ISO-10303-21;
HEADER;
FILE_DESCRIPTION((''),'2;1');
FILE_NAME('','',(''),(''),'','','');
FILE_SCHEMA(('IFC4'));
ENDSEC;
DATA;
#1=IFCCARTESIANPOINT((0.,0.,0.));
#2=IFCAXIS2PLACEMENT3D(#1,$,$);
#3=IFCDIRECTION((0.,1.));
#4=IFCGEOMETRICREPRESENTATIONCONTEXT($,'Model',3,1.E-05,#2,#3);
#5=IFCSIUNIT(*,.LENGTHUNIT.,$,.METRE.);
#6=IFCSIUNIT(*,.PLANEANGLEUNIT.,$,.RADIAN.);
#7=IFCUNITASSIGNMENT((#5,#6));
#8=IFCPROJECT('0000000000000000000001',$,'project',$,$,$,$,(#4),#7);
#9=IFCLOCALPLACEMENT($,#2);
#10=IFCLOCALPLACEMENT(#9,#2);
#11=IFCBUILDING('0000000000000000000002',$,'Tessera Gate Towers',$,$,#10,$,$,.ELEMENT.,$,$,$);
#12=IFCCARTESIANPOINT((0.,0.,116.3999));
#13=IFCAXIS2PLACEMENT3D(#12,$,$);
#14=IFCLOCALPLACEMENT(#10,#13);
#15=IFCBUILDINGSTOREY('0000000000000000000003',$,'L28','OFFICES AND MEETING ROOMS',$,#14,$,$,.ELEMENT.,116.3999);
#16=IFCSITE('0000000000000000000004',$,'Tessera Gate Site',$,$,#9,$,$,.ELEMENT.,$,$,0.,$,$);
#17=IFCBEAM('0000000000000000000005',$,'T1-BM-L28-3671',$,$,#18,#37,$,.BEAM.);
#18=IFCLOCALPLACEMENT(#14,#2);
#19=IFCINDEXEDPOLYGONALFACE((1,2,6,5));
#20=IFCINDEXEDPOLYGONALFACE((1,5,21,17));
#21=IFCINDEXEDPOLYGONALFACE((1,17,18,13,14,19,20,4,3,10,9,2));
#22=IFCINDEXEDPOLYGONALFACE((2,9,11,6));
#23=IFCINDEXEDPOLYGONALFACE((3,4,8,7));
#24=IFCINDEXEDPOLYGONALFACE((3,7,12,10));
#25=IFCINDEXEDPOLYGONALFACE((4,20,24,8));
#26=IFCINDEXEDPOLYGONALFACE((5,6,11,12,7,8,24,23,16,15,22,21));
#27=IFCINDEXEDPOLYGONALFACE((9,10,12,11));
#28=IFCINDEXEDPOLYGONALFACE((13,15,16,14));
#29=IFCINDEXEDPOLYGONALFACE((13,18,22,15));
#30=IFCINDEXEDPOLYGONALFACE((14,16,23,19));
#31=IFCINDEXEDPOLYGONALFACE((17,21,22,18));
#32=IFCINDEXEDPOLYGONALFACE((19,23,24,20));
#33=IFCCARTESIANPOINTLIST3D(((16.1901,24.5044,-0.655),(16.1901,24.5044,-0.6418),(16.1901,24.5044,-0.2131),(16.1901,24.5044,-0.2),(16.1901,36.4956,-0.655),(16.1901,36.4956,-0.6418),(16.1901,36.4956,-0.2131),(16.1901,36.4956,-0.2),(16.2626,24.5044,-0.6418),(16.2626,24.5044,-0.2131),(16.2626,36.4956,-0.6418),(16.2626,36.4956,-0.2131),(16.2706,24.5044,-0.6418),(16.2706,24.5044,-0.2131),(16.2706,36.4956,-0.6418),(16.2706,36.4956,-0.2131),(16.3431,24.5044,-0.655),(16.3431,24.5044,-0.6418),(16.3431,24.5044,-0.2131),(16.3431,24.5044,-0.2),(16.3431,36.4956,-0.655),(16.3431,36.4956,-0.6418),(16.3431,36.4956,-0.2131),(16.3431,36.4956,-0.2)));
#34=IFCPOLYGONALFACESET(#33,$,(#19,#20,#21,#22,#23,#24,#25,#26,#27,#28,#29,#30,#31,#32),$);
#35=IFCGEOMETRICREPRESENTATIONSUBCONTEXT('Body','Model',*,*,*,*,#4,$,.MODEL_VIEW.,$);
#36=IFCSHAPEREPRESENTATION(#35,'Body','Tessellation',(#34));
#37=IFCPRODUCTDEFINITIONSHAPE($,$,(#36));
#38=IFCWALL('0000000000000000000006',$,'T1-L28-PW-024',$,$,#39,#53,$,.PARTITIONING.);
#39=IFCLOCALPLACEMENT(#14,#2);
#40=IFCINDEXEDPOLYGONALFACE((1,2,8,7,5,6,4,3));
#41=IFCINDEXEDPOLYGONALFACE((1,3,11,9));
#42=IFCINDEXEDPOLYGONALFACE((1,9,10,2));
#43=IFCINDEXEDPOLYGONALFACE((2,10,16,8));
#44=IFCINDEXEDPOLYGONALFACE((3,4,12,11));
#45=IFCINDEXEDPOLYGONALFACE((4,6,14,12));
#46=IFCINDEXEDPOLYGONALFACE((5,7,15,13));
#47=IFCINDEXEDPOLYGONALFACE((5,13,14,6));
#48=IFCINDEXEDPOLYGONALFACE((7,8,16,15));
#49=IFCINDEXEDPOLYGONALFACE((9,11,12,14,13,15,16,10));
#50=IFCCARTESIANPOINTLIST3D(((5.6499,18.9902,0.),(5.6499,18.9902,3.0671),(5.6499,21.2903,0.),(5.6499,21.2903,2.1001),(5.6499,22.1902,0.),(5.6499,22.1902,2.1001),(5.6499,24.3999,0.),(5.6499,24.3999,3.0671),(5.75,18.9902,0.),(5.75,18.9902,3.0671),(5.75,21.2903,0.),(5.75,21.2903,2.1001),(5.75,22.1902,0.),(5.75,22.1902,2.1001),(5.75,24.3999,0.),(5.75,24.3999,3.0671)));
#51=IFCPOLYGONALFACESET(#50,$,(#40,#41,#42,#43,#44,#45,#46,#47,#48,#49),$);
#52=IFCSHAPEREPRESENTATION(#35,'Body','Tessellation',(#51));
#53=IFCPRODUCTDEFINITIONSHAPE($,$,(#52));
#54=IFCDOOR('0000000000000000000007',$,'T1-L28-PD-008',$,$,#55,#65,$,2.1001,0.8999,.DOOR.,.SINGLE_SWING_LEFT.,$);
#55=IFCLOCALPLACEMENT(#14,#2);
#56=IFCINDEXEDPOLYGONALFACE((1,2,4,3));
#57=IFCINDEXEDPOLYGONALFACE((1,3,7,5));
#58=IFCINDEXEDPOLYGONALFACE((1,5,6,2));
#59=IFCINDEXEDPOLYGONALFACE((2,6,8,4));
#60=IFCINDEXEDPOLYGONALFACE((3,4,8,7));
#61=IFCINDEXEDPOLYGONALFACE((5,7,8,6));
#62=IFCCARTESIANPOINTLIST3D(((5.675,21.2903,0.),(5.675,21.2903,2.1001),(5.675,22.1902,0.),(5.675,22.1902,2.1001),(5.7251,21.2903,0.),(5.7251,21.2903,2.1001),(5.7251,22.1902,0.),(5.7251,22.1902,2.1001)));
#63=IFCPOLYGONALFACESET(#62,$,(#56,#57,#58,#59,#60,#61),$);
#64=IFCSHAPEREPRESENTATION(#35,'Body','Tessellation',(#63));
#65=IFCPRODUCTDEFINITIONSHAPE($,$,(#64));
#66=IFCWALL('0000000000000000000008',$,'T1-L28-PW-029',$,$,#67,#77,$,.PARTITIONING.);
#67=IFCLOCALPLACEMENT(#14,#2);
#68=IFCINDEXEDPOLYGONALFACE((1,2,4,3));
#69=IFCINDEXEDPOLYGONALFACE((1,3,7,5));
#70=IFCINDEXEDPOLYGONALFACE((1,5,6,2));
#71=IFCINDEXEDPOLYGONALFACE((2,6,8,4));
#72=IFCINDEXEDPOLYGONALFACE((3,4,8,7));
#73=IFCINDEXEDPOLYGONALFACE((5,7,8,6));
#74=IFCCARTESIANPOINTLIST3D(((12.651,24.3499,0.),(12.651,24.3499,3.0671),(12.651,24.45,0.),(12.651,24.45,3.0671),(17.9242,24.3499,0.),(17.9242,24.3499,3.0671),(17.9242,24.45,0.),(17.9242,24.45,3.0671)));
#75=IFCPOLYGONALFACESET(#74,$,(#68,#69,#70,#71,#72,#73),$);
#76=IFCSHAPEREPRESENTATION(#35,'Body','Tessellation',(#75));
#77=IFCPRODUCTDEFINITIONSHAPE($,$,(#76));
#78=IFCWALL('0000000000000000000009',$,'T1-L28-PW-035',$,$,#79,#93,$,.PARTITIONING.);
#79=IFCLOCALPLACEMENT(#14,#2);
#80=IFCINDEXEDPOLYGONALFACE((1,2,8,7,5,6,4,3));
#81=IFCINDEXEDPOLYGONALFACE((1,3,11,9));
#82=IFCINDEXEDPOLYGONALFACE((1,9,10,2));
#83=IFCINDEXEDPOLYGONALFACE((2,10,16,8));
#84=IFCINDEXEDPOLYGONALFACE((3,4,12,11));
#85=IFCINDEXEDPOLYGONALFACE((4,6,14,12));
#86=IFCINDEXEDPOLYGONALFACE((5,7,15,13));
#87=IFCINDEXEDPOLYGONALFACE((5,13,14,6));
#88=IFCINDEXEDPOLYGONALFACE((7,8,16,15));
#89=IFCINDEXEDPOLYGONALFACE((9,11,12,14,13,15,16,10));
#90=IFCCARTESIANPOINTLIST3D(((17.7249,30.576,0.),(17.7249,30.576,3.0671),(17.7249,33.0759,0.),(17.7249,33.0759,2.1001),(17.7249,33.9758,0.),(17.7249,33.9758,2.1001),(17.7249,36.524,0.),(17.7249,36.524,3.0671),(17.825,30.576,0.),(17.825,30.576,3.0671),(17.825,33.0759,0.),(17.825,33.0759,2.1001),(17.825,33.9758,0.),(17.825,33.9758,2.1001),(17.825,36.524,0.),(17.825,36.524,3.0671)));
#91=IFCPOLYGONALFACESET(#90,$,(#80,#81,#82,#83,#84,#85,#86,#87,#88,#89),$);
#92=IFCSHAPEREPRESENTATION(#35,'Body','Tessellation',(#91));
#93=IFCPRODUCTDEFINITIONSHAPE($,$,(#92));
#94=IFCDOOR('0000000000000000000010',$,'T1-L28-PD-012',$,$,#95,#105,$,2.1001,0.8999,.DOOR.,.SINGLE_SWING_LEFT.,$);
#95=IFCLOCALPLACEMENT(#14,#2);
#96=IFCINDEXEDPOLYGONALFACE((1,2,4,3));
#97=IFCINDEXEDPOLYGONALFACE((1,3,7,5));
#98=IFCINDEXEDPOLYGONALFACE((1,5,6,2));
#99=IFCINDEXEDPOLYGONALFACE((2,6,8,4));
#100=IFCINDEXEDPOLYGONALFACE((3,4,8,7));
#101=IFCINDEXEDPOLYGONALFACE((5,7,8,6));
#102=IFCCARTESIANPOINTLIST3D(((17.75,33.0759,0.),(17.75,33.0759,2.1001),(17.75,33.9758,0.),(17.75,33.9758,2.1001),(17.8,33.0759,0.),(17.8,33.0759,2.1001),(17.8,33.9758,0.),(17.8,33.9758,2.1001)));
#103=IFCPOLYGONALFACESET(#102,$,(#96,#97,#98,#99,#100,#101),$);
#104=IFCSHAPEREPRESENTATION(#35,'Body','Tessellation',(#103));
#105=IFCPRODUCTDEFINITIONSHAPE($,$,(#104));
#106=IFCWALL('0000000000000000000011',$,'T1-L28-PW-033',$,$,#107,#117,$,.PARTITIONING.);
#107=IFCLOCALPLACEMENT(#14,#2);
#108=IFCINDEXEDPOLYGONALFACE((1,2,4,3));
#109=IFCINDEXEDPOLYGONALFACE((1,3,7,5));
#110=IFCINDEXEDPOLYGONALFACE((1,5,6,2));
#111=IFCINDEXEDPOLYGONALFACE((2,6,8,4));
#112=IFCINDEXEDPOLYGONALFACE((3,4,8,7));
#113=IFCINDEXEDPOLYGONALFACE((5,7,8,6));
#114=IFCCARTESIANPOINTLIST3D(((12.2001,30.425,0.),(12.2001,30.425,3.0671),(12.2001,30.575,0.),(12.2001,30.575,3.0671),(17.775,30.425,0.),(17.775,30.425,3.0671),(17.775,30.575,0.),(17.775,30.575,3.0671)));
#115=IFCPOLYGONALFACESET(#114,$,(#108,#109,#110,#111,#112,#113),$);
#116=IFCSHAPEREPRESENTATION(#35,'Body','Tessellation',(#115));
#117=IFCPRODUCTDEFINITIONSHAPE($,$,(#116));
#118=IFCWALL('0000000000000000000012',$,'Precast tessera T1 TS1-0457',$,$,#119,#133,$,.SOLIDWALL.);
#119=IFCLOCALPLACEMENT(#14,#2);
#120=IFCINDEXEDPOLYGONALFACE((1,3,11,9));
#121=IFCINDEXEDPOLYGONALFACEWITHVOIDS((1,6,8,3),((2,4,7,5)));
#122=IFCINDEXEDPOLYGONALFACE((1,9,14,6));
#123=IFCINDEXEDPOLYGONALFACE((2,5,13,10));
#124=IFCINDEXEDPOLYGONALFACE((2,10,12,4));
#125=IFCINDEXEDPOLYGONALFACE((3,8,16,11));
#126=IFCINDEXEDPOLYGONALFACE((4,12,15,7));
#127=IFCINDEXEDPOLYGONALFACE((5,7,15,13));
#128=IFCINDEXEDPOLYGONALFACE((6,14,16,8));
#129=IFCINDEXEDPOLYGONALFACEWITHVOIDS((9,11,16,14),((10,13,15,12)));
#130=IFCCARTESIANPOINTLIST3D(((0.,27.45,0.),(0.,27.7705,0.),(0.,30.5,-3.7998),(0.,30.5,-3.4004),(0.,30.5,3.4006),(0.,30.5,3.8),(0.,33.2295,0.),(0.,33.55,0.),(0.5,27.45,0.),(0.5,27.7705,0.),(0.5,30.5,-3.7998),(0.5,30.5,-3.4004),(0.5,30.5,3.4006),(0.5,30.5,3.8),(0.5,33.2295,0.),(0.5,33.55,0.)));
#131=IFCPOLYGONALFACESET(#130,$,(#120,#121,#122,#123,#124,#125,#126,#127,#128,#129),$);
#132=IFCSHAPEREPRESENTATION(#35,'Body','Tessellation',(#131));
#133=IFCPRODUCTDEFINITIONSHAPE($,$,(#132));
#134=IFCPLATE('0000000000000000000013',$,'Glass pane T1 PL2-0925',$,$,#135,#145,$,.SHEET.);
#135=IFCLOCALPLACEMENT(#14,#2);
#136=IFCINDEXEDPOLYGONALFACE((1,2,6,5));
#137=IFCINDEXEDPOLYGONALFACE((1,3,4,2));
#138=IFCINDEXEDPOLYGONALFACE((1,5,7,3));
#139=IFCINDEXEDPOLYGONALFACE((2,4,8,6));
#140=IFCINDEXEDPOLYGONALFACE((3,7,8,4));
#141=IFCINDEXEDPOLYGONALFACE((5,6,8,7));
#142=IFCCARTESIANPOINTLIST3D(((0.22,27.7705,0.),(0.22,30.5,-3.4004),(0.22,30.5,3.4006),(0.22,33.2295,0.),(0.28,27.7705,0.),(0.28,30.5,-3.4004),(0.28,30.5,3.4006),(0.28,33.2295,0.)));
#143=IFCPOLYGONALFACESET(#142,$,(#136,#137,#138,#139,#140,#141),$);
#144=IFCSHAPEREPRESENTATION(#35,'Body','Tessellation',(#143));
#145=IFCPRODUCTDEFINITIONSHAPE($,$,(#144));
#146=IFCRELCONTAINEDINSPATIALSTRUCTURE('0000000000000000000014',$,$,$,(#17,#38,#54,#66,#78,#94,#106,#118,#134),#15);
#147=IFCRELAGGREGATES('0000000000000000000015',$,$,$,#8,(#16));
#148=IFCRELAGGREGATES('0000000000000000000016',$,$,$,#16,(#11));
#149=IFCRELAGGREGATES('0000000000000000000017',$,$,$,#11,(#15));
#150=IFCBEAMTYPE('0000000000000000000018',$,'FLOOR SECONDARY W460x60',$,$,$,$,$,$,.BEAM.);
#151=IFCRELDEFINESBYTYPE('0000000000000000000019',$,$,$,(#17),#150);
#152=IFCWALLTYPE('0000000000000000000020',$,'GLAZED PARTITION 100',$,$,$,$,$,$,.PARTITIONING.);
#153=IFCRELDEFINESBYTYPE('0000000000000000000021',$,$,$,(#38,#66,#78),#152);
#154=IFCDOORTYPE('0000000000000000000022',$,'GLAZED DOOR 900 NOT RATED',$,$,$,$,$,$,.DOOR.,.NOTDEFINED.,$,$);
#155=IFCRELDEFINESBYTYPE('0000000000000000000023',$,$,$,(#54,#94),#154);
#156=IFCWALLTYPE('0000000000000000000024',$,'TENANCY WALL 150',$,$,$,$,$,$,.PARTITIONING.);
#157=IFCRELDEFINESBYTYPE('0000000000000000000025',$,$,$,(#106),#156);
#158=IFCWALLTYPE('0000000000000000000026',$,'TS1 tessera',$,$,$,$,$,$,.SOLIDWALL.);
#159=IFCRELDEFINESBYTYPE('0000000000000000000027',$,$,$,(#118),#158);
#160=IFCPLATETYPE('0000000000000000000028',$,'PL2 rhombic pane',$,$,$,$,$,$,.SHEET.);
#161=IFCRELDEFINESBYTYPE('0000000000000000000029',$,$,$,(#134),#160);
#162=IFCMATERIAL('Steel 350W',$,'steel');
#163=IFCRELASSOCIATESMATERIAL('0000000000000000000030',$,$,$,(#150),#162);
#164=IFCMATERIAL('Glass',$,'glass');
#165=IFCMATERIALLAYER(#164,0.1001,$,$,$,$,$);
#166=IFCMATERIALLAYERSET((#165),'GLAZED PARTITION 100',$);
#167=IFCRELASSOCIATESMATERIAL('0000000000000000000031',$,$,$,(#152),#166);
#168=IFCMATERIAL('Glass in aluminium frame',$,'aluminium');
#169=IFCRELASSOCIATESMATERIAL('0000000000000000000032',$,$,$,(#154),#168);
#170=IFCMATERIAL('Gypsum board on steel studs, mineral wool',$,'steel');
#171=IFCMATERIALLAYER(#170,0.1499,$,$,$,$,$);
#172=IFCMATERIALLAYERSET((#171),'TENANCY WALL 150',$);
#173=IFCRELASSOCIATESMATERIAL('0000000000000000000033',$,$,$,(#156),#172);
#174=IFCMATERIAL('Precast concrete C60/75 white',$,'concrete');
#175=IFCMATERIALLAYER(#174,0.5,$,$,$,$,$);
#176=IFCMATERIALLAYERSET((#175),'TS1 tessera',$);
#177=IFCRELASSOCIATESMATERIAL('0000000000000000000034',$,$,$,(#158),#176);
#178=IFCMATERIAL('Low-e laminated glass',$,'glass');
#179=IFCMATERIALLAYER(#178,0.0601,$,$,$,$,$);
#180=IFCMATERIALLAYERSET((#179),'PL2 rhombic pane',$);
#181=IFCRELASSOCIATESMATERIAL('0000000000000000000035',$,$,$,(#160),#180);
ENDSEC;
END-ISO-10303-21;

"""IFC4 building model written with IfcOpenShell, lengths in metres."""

from ifc_helpers import new_model, si_unit, direction, frame, frame_2d, origin, origin_2d, place, context, subcontext, project, spatial, polyline, rectangle, i_section, outline, extrude, source, transform, mapped, material, layer, layer_set, material_profile, profile_set, type_object, element, fill, save


model = new_model("IFC4")

# Units and contexts
model_context = context("Model", 3, precision=1e-05, world=origin(), true_north=direction((0.0, 1.0)))
body_context = subcontext(model_context, "Body", "Model", "MODEL_VIEW")
ifc_project = project(units=[si_unit("LENGTHUNIT", "METRE"), si_unit("PLANEANGLEUNIT", "RADIAN")], contexts=[model_context])

# Site, building, storey
site_placement = place(None, origin())
site = spatial("IfcSite", under=ifc_project, at=site_placement, Name="Tessera Gate Site", CompositionType="ELEMENT", RefElevation=0.0)
building_placement = place(site_placement, origin())
building = spatial("IfcBuilding", under=site, at=building_placement, Name="Tessera Gate Towers", CompositionType="ELEMENT")
storey_placement = place(building_placement, frame((0.0, 0.0, 116.3999)))
storey = spatial("IfcBuildingStorey", under=building, at=storey_placement, Name="L28", Description="OFFICES AND MEETING ROOMS", CompositionType="ELEMENT", Elevation=116.3999)

# Beam
ifc_material_1 = material(Name="Steel 350W", Category="steel")
ifc_material_profile_1 = material_profile(ifc_material_1, i_section(OverallWidth=0.1531, OverallDepth=0.4551, WebThickness=0.0081, FlangeThickness=0.0132, at=origin_2d()), Name="W460x60")
ifc_profile_set_1 = profile_set([ifc_material_profile_1], Name="Steel 350W")
beam_type_1 = type_object("IfcBeamType", Name="FLOOR SECONDARY W460x60", PredefinedType="BEAM", material=ifc_profile_set_1)
beam_1_placement = place(storey_placement, frame((16.2666, 24.5044, -0.4275), z_axis=(0.0, 1.0, 0.0), x_axis=(-1.0, 0.0, 0.0)))
element("IfcBeam", 1, at=beam_1_placement, inside=storey, type_object=beam_type_1, Name="T1-BM-L28-3671", PredefinedType="BEAM", context=body_context, shape_type="SweptSolid", body=[
    extrude(i_section(OverallWidth=0.1531, OverallDepth=0.4551, WebThickness=0.0081, FlangeThickness=0.0132, at=origin_2d()), origin(), (0.0, 0.0, 1.0), 11.9912),
])

# Wall, opening, door
ifc_material_2 = material(Name="Glass", Category="glass")
ifc_layer_1 = layer(ifc_material_2, 0.1001)
ifc_layer_set_1 = layer_set([ifc_layer_1], Name="GLAZED PARTITION 100")
wall_type_1 = type_object("IfcWallType", Name="GLAZED PARTITION 100", PredefinedType="PARTITIONING", material=ifc_layer_set_1)
wall_1_placement = place(storey_placement, frame((5.7, 18.9902, 0.0), z_axis=(0.0, 0.0, 1.0), x_axis=(0.0, 1.0, 0.0)))
wall_1 = element("IfcWall", 2, at=wall_1_placement, inside=storey, type_object=wall_type_1, Name="T1-L28-PW-024", PredefinedType="PARTITIONING", context=body_context, shape_type="SweptSolid", body=[
    extrude(rectangle(XDim=5.4097, YDim=0.1001, at=frame_2d((2.7048, 0.0))), origin(), (0.0, 0.0, 1.0), 3.0671),
])
shared_shape_1 = source(origin(), body_context, "Body", "SweptSolid", [
    extrude(rectangle(XDim=0.8999, YDim=2.1001, at=frame_2d((0.45, 1.05))), frame((0.0, 0.0601, 0.0), z_axis=(0.0, -1.0, 0.0), x_axis=(1.0, 0.0, 0.0)), (0.0, 0.0, 1.0), 0.1201),
])
opening_1_placement = place(wall_1_placement, frame((2.3, 0.0, 0.0)))
opening_1 = element("IfcOpeningElement", 3, at=opening_1_placement, cuts=wall_1, PredefinedType="OPENING", context=body_context, shape_type="MappedRepresentation", body=[
    mapped(shared_shape_1, transform((0.0, 0.0, 0.0), scale=1.0)),
])
ifc_material_3 = material(Name="Glass in aluminium frame", Category="aluminium")
door_type = type_object("IfcDoorType", Name="GLAZED DOOR 900 NOT RATED", OperationType="NOTDEFINED", PredefinedType="DOOR", material=ifc_material_3)
shared_shape_2 = source(origin(), body_context, "Body", "SweptSolid", [
    extrude(rectangle(XDim=0.8999, YDim=2.1001, at=frame_2d((0.45, 1.05))), frame((0.0, 0.0249, 0.0), z_axis=(0.0, -1.0, 0.0), x_axis=(1.0, 0.0, 0.0)), (0.0, 0.0, 1.0), 0.05),
])
door_1_placement = place(opening_1_placement, origin())
door_1 = element("IfcDoor", 4, at=door_1_placement, inside=storey, type_object=door_type, Name="T1-L28-PD-008", OperationType="SINGLE_SWING_LEFT", OverallHeight=2.1001, OverallWidth=0.8999, PredefinedType="DOOR", context=body_context, shape_type="MappedRepresentation", body=[
    mapped(shared_shape_2, transform((0.0, 0.0, 0.0), scale=1.0)),
])
fill(opening_1, door_1)

# Wall
wall_2_placement = place(storey_placement, frame((12.6509, 24.3999, 0.0), z_axis=(0.0, 0.0, 1.0), x_axis=(1.0, 0.0, 0.0)))
element("IfcWall", 5, at=wall_2_placement, inside=storey, type_object=wall_type_1, Name="T1-L28-PW-029", PredefinedType="PARTITIONING", context=body_context, shape_type="SweptSolid", body=[
    extrude(rectangle(XDim=5.2732, YDim=0.1001, at=frame_2d((2.6367, 0.0))), origin(), (0.0, 0.0, 1.0), 3.0671),
])

# Wall, opening, door
wall_3_placement = place(storey_placement, frame((17.7749, 30.5759, 0.0), z_axis=(0.0, 0.0, 1.0), x_axis=(0.0, 1.0, 0.0)))
wall_3 = element("IfcWall", 6, at=wall_3_placement, inside=storey, type_object=wall_type_1, Name="T1-L28-PW-035", PredefinedType="PARTITIONING", context=body_context, shape_type="SweptSolid", body=[
    extrude(rectangle(XDim=5.948, YDim=0.1001, at=frame_2d((2.9741, 0.0))), origin(), (0.0, 0.0, 1.0), 3.0671),
])
opening_2_placement = place(wall_3_placement, frame((2.5, 0.0, 0.0)))
opening_2 = element("IfcOpeningElement", 7, at=opening_2_placement, cuts=wall_3, PredefinedType="OPENING", context=body_context, shape_type="MappedRepresentation", body=[
    mapped(shared_shape_1, transform((0.0, 0.0, 0.0), scale=1.0)),
])
door_2_placement = place(opening_2_placement, origin())
door_2 = element("IfcDoor", 8, at=door_2_placement, inside=storey, type_object=door_type, Name="T1-L28-PD-012", OperationType="SINGLE_SWING_LEFT", OverallHeight=2.1001, OverallWidth=0.8999, PredefinedType="DOOR", context=body_context, shape_type="MappedRepresentation", body=[
    mapped(shared_shape_2, transform((0.0, 0.0, 0.0), scale=1.0)),
])
fill(opening_2, door_2)

# Wall
ifc_material_4 = material(Name="Gypsum board on steel studs, mineral wool", Category="steel")
ifc_layer_2 = layer(ifc_material_4, 0.1499)
ifc_layer_set_2 = layer_set([ifc_layer_2], Name="TENANCY WALL 150")
wall_type_2 = type_object("IfcWallType", Name="TENANCY WALL 150", PredefinedType="PARTITIONING", material=ifc_layer_set_2)
wall_4_placement = place(storey_placement, frame((12.2, 30.5, 0.0), z_axis=(0.0, 0.0, 1.0), x_axis=(1.0, 0.0, 0.0)))
element("IfcWall", 9, at=wall_4_placement, inside=storey, type_object=wall_type_2, Name="T1-L28-PW-033", PredefinedType="PARTITIONING", context=body_context, shape_type="SweptSolid", body=[
    extrude(rectangle(XDim=5.575, YDim=0.1499, at=frame_2d((2.7876, 0.0))), origin(), (0.0, 0.0, 1.0), 3.0671),
])

# Wall, opening, plate
ifc_material_5 = material(Name="Precast concrete C60/75 white", Category="concrete")
ifc_layer_3 = layer(ifc_material_5, 0.5)
ifc_layer_set_3 = layer_set([ifc_layer_3], Name="TS1 tessera")
wall_type_3 = type_object("IfcWallType", Name="TS1 tessera", PredefinedType="SOLIDWALL", material=ifc_layer_set_3)
shared_shape_3 = source(origin(), body_context, "Body", "SweptSolid", [
    extrude(outline(polyline([(3.05, 0.0), (6.1001, 3.7998), (3.05, 7.5999), (0.0, 3.7998), (3.05, 0.0)])), frame((0.0, 0.25, 0.0), z_axis=(0.0, -1.0, 0.0), x_axis=(1.0, 0.0, 0.0)), (0.0, 0.0, 1.0), 0.5),
])
wall_5_placement = place(storey_placement, frame((0.25, 33.55, -3.7998), z_axis=(0.0, 0.0, 1.0), x_axis=(0.0, -1.0, 0.0)))
wall_5 = element("IfcWall", 10, at=wall_5_placement, inside=storey, type_object=wall_type_3, Name="Precast tessera T1 TS1-0457", PredefinedType="SOLIDWALL", context=body_context, shape_type="MappedRepresentation", body=[
    mapped(shared_shape_3, transform((0.0, 0.0, 0.0), scale=1.0)),
])
shared_shape_4 = source(origin(), body_context, "Body", "SweptSolid", [
    extrude(outline(polyline([(3.05, 0.3994), (5.7795, 3.7998), (3.05, 7.2004), (0.3206, 3.7998), (3.05, 0.3994)])), frame((0.0, 0.26, 0.0), z_axis=(0.0, -1.0, 0.0), x_axis=(1.0, 0.0, 0.0)), (0.0, 0.0, 1.0), 0.52),
])
opening_3_placement = place(wall_5_placement, origin())
opening_3 = element("IfcOpeningElement", 11, at=opening_3_placement, cuts=wall_5, PredefinedType="OPENING", context=body_context, shape_type="MappedRepresentation", body=[
    mapped(shared_shape_4, transform((0.0, 0.0, 0.0), scale=1.0)),
])
ifc_material_6 = material(Name="Low-e laminated glass", Category="glass")
ifc_layer_4 = layer(ifc_material_6, 0.0601)
ifc_layer_set_4 = layer_set([ifc_layer_4], Name="PL2 rhombic pane")
plate_type = type_object("IfcPlateType", Name="PL2 rhombic pane", PredefinedType="SHEET", material=ifc_layer_set_4)
shared_shape_5 = source(origin(), body_context, "Body", "SweptSolid", [
    extrude(outline(polyline([(3.05, 0.3994), (5.7795, 3.7998), (3.05, 7.2004), (0.3206, 3.7998), (3.05, 0.3994)])), frame((0.0, 0.03, 0.0), z_axis=(0.0, -1.0, 0.0), x_axis=(1.0, 0.0, 0.0)), (0.0, 0.0, 1.0), 0.0601),
])
plate_placement = place(opening_3_placement, origin())
plate = element("IfcPlate", 12, at=plate_placement, inside=storey, type_object=plate_type, Name="Glass pane T1 PL2-0925", PredefinedType="SHEET", context=body_context, shape_type="MappedRepresentation", body=[
    mapped(shared_shape_5, transform((0.0, 0.0, 0.0), scale=1.0)),
])
fill(opening_3, plate)

save(model, "model.ifc")
